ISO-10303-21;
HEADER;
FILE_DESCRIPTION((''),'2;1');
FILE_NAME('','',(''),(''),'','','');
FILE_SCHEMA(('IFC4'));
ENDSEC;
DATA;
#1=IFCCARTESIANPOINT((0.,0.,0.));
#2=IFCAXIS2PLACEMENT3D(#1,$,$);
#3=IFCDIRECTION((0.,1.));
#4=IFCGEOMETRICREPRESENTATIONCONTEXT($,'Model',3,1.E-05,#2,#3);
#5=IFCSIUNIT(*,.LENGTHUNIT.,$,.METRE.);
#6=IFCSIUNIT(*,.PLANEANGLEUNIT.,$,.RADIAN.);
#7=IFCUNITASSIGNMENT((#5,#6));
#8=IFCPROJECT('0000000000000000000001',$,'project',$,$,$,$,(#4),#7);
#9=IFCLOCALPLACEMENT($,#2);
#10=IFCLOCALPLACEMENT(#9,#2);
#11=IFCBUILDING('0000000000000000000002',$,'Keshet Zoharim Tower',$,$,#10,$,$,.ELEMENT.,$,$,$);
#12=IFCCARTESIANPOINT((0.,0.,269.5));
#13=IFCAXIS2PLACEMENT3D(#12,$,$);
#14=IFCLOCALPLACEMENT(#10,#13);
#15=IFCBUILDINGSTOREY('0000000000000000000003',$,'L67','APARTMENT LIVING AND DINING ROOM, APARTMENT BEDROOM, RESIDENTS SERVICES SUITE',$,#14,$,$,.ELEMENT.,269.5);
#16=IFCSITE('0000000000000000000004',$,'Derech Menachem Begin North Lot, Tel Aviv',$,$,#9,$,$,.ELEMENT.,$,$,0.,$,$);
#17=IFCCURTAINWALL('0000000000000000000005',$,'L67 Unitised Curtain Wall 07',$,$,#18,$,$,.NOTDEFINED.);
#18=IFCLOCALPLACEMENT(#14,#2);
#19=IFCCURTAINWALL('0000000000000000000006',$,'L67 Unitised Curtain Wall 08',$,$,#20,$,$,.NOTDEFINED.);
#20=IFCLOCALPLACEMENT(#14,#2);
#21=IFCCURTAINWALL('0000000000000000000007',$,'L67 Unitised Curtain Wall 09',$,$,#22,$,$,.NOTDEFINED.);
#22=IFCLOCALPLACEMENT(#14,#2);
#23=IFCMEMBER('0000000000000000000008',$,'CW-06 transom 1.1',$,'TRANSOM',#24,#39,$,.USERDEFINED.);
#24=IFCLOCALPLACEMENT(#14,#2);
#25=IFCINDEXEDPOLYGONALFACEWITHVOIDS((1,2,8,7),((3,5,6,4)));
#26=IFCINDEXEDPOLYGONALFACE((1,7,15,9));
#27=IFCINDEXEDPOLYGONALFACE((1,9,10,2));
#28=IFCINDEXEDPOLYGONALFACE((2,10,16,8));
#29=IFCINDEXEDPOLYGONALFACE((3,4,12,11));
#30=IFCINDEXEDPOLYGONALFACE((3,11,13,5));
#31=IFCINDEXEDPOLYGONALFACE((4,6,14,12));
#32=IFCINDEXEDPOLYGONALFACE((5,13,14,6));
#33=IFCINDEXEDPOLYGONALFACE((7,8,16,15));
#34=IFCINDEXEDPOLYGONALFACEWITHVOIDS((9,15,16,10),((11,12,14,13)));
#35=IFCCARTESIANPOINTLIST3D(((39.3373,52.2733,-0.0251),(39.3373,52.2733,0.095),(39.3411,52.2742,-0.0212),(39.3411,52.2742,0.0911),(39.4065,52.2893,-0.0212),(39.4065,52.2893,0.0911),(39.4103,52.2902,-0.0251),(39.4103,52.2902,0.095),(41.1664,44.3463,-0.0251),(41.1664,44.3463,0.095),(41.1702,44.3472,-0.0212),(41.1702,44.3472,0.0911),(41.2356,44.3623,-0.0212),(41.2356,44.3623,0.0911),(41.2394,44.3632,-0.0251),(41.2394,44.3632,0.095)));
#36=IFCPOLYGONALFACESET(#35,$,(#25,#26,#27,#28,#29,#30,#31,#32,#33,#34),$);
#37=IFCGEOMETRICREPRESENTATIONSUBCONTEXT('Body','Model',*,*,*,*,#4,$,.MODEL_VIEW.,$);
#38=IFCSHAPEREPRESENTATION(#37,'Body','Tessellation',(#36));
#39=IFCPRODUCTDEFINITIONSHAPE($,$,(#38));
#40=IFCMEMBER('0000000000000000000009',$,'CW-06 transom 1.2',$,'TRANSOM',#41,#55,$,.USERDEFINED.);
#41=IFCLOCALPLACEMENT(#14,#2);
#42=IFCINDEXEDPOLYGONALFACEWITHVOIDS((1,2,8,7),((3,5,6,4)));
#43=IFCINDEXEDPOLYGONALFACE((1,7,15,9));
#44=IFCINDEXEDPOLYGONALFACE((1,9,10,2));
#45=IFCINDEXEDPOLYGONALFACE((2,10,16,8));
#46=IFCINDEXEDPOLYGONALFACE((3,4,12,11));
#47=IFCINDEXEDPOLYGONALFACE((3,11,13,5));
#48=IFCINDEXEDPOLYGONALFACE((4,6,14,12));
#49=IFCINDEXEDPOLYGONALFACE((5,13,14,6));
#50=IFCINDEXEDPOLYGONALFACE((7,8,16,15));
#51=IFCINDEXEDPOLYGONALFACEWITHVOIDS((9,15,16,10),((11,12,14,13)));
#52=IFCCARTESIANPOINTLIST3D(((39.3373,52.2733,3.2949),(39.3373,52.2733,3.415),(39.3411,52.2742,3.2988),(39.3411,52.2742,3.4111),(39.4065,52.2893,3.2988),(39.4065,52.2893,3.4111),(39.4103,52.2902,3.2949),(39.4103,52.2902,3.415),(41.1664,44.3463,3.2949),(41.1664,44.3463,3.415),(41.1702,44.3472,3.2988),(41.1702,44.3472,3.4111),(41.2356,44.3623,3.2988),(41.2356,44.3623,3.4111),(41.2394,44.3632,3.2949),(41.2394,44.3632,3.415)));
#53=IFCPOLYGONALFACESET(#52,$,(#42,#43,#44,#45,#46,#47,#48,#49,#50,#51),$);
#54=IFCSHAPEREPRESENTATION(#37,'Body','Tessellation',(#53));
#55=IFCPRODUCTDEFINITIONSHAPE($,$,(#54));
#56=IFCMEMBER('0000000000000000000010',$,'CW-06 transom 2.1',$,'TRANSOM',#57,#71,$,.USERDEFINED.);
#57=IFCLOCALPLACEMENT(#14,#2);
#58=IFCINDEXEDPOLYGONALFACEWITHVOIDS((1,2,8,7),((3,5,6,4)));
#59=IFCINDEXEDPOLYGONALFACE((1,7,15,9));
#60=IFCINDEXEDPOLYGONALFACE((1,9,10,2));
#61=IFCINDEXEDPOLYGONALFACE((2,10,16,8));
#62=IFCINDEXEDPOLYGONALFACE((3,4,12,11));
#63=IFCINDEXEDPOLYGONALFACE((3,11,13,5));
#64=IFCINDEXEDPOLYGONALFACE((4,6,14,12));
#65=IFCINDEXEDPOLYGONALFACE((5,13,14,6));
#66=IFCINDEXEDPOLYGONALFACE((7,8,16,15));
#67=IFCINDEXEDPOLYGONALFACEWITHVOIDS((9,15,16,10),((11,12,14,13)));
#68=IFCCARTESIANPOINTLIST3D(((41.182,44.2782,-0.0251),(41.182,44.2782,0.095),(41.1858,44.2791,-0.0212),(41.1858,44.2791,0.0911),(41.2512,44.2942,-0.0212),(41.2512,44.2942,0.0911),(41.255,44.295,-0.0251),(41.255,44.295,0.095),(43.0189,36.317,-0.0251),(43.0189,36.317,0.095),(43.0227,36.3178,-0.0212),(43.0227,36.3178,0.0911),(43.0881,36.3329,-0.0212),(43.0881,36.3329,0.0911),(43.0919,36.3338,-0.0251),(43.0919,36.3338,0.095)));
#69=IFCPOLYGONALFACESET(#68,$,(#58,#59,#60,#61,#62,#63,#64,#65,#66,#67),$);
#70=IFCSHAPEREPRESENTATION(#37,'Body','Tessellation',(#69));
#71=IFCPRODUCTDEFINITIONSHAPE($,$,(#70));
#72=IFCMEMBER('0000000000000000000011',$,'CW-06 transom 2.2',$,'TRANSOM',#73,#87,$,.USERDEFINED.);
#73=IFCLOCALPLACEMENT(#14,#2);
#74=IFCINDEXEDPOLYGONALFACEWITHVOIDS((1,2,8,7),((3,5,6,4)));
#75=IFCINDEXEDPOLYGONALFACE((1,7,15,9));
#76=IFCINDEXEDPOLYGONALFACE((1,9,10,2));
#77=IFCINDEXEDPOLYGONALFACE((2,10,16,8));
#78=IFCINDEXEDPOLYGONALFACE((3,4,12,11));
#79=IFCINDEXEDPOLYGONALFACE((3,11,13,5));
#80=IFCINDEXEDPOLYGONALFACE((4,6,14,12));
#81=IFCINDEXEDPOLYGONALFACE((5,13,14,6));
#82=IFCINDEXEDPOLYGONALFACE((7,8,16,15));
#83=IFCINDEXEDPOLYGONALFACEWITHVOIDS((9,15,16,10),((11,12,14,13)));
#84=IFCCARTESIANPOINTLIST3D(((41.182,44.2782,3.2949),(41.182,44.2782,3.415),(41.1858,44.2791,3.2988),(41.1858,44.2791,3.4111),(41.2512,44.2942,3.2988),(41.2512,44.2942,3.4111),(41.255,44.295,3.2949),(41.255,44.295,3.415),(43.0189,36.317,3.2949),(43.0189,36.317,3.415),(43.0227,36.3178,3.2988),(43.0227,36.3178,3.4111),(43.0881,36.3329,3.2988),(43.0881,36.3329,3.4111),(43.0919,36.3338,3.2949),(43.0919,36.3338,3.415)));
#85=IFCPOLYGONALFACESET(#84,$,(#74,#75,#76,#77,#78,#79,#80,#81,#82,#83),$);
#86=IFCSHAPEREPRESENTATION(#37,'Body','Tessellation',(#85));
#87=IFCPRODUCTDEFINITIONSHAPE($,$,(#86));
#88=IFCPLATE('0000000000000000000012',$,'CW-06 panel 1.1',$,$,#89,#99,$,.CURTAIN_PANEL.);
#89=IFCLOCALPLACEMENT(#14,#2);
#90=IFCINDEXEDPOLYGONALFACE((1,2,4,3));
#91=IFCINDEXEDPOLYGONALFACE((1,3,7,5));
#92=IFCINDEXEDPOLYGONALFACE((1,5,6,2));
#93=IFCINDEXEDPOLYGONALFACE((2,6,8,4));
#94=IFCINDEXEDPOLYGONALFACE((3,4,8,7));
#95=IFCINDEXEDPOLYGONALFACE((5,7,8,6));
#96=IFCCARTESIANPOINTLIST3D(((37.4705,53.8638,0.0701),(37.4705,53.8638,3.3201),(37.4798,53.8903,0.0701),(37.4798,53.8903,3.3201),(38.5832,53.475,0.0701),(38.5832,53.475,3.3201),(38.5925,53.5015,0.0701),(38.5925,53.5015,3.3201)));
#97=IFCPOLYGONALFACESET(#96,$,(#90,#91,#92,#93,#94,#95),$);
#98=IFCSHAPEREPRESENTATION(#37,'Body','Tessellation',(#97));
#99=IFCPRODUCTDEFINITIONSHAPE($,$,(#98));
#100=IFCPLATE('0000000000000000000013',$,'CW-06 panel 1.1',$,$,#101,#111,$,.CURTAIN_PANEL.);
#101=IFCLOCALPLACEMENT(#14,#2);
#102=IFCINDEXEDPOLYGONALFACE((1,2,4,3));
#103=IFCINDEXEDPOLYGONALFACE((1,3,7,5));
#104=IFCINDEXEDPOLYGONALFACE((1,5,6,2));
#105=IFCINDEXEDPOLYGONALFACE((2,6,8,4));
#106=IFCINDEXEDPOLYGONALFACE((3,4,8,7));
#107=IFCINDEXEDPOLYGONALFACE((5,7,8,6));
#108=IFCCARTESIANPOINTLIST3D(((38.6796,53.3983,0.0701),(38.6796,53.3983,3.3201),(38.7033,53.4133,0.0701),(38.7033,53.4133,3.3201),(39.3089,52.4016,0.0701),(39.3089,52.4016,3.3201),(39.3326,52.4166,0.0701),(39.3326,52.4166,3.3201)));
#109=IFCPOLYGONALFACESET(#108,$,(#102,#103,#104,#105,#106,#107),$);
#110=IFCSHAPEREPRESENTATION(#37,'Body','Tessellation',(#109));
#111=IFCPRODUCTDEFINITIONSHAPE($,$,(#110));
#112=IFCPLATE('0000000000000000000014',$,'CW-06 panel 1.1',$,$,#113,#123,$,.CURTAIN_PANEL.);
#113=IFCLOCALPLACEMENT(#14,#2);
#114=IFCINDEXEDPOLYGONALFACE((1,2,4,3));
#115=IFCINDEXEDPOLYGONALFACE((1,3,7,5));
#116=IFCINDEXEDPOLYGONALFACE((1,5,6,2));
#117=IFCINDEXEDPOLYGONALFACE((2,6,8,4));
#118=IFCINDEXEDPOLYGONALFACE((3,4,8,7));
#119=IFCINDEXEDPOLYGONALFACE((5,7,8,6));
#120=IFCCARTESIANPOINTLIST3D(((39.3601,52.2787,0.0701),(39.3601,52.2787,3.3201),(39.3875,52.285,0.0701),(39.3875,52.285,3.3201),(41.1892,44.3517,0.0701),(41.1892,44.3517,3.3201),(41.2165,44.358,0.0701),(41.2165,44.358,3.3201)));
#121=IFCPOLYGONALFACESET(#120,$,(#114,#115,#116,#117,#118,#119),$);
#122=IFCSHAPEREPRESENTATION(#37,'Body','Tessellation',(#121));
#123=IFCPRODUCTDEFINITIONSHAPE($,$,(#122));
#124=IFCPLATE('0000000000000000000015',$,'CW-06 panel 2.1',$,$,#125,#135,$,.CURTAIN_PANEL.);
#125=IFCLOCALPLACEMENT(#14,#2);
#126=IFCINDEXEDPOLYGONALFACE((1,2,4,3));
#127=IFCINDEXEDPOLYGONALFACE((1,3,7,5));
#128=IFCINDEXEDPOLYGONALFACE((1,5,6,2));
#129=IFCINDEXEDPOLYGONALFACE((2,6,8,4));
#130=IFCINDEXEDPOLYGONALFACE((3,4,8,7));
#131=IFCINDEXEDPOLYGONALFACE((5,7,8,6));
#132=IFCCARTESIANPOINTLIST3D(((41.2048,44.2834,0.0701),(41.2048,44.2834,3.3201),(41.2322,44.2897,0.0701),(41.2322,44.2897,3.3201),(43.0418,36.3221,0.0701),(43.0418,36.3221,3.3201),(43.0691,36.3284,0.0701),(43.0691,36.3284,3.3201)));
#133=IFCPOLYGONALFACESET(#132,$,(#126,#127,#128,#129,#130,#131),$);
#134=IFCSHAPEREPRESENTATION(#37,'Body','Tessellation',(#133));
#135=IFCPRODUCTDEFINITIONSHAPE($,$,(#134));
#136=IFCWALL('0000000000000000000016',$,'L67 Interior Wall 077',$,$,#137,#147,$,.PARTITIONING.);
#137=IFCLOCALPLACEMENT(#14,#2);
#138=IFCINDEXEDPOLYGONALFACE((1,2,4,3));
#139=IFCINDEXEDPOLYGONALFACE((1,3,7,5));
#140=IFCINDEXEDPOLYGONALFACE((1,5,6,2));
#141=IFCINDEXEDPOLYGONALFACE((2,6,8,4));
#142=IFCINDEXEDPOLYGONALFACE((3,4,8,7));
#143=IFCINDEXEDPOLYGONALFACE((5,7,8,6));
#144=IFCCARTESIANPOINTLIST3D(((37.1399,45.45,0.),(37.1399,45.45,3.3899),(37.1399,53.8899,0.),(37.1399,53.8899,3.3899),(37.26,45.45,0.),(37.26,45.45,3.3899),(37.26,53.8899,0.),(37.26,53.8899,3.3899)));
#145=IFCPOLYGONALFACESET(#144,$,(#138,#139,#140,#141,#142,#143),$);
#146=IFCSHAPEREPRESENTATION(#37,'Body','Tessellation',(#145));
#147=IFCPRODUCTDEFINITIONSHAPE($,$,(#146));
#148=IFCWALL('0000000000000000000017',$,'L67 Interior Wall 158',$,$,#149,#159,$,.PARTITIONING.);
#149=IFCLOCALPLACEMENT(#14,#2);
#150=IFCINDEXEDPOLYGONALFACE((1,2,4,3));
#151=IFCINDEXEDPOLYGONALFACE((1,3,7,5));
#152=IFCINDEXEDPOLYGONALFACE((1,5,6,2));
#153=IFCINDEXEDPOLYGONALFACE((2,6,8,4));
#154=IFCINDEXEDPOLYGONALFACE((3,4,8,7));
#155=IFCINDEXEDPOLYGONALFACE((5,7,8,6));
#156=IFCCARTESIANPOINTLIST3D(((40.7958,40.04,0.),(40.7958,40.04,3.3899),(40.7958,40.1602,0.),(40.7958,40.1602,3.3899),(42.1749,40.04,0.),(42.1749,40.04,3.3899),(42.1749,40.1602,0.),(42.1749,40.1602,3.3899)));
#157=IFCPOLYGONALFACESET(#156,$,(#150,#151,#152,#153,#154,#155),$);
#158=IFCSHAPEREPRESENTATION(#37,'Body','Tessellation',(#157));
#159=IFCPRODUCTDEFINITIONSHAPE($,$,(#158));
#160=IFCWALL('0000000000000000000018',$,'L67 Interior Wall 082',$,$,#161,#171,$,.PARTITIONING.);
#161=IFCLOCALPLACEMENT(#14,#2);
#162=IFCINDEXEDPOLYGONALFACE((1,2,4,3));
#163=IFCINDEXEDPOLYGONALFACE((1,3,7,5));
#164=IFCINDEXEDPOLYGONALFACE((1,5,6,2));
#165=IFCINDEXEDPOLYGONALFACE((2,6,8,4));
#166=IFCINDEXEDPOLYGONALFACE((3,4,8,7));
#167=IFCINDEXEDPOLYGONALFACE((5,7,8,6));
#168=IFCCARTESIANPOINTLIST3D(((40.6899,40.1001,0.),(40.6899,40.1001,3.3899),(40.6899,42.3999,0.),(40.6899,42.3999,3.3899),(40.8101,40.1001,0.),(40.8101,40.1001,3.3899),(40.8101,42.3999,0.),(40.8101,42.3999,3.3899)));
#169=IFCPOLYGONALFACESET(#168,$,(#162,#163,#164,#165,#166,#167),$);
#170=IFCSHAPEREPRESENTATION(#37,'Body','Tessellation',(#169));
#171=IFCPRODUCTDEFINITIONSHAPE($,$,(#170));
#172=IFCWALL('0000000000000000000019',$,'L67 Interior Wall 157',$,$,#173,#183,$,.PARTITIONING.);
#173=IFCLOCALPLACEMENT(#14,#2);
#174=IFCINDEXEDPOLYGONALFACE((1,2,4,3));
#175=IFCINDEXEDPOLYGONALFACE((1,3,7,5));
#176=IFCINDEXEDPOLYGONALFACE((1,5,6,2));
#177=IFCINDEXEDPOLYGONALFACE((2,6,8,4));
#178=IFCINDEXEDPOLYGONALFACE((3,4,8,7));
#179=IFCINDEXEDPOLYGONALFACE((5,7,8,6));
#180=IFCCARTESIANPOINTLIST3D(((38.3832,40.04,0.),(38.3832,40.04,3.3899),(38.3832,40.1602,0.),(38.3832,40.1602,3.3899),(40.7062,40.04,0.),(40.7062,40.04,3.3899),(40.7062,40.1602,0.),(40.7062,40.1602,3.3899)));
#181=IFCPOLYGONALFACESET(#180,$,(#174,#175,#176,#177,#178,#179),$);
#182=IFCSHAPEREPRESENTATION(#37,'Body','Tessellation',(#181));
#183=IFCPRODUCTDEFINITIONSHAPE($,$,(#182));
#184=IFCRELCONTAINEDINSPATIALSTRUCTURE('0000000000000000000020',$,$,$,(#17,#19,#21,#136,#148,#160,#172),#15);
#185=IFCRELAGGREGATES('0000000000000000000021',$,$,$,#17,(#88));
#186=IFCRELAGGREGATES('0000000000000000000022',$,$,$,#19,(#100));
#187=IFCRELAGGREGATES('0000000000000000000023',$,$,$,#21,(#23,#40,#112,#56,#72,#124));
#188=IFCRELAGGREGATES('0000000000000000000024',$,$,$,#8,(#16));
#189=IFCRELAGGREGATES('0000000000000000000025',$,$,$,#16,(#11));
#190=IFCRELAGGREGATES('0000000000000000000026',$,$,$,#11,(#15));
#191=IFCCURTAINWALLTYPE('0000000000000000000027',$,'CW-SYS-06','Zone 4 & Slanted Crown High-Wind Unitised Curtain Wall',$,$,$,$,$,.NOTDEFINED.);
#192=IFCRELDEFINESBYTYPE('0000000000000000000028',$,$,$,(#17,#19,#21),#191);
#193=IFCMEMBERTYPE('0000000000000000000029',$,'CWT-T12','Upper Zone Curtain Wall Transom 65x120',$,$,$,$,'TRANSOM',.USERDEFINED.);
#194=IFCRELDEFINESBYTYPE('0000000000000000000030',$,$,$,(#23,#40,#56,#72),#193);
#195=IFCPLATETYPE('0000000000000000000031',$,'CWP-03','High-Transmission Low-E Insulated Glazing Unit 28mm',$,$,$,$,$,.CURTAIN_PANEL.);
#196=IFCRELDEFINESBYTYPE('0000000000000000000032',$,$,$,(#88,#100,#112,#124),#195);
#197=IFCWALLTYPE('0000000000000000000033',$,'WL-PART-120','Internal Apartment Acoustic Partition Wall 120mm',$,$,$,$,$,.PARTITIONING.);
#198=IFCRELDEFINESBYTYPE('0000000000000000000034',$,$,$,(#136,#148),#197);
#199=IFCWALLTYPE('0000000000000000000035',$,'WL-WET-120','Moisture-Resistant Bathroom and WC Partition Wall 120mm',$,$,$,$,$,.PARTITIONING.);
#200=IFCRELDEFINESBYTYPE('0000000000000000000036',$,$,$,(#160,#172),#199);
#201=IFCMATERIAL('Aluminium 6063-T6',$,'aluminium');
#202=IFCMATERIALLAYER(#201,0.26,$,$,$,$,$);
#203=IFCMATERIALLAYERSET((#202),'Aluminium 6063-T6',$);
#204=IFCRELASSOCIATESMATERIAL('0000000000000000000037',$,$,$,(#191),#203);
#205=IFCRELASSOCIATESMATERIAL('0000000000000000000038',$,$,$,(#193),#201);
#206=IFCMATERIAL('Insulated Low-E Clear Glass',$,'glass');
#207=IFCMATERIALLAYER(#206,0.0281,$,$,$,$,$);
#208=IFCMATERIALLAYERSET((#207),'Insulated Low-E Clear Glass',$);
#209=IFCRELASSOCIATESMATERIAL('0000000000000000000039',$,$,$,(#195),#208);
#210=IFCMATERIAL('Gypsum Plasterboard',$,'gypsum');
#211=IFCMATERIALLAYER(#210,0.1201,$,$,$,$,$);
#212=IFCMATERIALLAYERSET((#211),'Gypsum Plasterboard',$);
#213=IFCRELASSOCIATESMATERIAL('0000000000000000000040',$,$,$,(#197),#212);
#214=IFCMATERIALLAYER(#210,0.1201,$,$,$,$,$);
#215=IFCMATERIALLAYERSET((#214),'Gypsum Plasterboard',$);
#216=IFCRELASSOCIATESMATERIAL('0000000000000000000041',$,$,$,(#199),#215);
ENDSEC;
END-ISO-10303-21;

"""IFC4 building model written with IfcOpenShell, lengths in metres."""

from ifc_helpers import new_model, si_unit, direction, frame, frame_2d, origin, origin_2d, place, context, subcontext, project, spatial, rectangle, hollow_rectangle, extrude, material, layer, layer_set, material_profile, profile_set, type_object, element, aggregate, save


model = new_model("IFC4")

# Units and contexts
model_context = context("Model", 3, precision=1e-05, world=origin(), true_north=direction((0.0, 1.0)))
body_context = subcontext(model_context, "Body", "Model", "MODEL_VIEW")
ifc_project = project(units=[si_unit("LENGTHUNIT", "METRE"), si_unit("PLANEANGLEUNIT", "RADIAN")], contexts=[model_context])

# Site, building, storey
site_placement = place(None, origin())
site = spatial("IfcSite", under=ifc_project, at=site_placement, Name="Derech Menachem Begin North Lot, Tel Aviv", CompositionType="ELEMENT", RefElevation=0.0)
building_placement = place(site_placement, origin())
building = spatial("IfcBuilding", under=site, at=building_placement, Name="Keshet Zoharim Tower", CompositionType="ELEMENT")
storey_placement = place(building_placement, frame((0.0, 0.0, 269.5)))
storey = spatial("IfcBuildingStorey", under=building, at=storey_placement, Name="L67", Description="APARTMENT LIVING AND DINING ROOM, APARTMENT BEDROOM, RESIDENTS SERVICES SUITE", CompositionType="ELEMENT", Elevation=269.5)

# Shared definitions
ifc_material_1 = material(Name="Aluminium 6063-T6", Category="aluminium")
ifc_layer_1 = layer(ifc_material_1, 0.26)
ifc_layer_set_1 = layer_set([ifc_layer_1], Name="Aluminium 6063-T6")
curtain_wall_type = type_object("IfcCurtainWallType", Name="CW-SYS-06", Description="Zone 4 & Slanted Crown High-Wind Unitised Curtain Wall", PredefinedType="NOTDEFINED", material=ifc_layer_set_1)

# Curtain walls
curtain_wall_1_placement = place(storey_placement, origin())
curtain_wall_1 = element("IfcCurtainWall", 1, at=curtain_wall_1_placement, inside=storey, type_object=curtain_wall_type, Name="L67 Unitised Curtain Wall 07", PredefinedType="NOTDEFINED")
curtain_wall_2_placement = place(storey_placement, origin())
curtain_wall_2 = element("IfcCurtainWall", 2, at=curtain_wall_2_placement, inside=storey, type_object=curtain_wall_type, Name="L67 Unitised Curtain Wall 08", PredefinedType="NOTDEFINED")
curtain_wall_3_placement = place(storey_placement, origin())
curtain_wall_3 = element("IfcCurtainWall", 3, at=curtain_wall_3_placement, inside=storey, type_object=curtain_wall_type, Name="L67 Unitised Curtain Wall 09", PredefinedType="NOTDEFINED")

# Members
ifc_material_profile_1 = material_profile(ifc_material_1, hollow_rectangle(XDim=0.075, YDim=0.1201, WallThickness=0.0039, at=origin_2d()), Name="TRN-75x120")
ifc_profile_set_1 = profile_set([ifc_material_profile_1], Name="Aluminium 6063-T6")
member_type_1 = type_object("IfcMemberType", Name="CWT-T12", Description="Upper Zone Curtain Wall Transom 65x120", ElementType="TRANSOM", PredefinedType="USERDEFINED", material=ifc_profile_set_1)
member_1_placement = place(storey_placement, frame((39.3738, 52.2817, 0.0349), z_axis=(0.224835, -0.974397, 0.0), x_axis=(0.974397, 0.224835, 0.0)))
member_1 = element("IfcMember", 4, at=member_1_placement, type_object=member_type_1, Name="CW-06 transom 1.1", ObjectType="TRANSOM", PredefinedType="USERDEFINED", context=body_context, shape_type="SweptSolid", body=[
    extrude(hollow_rectangle(XDim=0.075, YDim=0.1201, WallThickness=0.0039, at=origin_2d()), origin(), (0.0, 0.0, 1.0), 8.1353),
])
member_2_placement = place(storey_placement, frame((39.3738, 52.2817, 3.355), z_axis=(0.224835, -0.974397, 0.0), x_axis=(0.974397, 0.224835, 0.0)))
member_2 = element("IfcMember", 5, at=member_2_placement, type_object=member_type_1, Name="CW-06 transom 1.2", ObjectType="TRANSOM", PredefinedType="USERDEFINED", context=body_context, shape_type="SweptSolid", body=[
    extrude(hollow_rectangle(XDim=0.075, YDim=0.1201, WallThickness=0.0039, at=origin_2d()), origin(), (0.0, 0.0, 1.0), 8.1353),
])
member_3_placement = place(storey_placement, frame((41.2185, 44.2866, 0.0349), z_axis=(0.224827, -0.974399, 0.0), x_axis=(0.974399, 0.224827, 0.0)))
member_3 = element("IfcMember", 6, at=member_3_placement, type_object=member_type_1, Name="CW-06 transom 2.1", ObjectType="TRANSOM", PredefinedType="USERDEFINED", context=body_context, shape_type="SweptSolid", body=[
    extrude(hollow_rectangle(XDim=0.075, YDim=0.1201, WallThickness=0.0039, at=origin_2d()), origin(), (0.0, 0.0, 1.0), 8.1704),
])
member_4_placement = place(storey_placement, frame((41.2185, 44.2866, 3.355), z_axis=(0.224827, -0.974399, 0.0), x_axis=(0.974399, 0.224827, 0.0)))
member_4 = element("IfcMember", 7, at=member_4_placement, type_object=member_type_1, Name="CW-06 transom 2.2", ObjectType="TRANSOM", PredefinedType="USERDEFINED", context=body_context, shape_type="SweptSolid", body=[
    extrude(hollow_rectangle(XDim=0.075, YDim=0.1201, WallThickness=0.0039, at=origin_2d()), origin(), (0.0, 0.0, 1.0), 8.1704),
])

# Plates
ifc_material_2 = material(Name="Insulated Low-E Clear Glass", Category="glass")
ifc_layer_2 = layer(ifc_material_2, 0.0281)
ifc_layer_set_2 = layer_set([ifc_layer_2], Name="Insulated Low-E Clear Glass")
plate_type = type_object("IfcPlateType", Name="CWP-03", Description="High-Transmission Low-E Insulated Glazing Unit 28mm", PredefinedType="CURTAIN_PANEL", material=ifc_layer_set_2)
plate_1_placement = place(storey_placement, frame((38.0315, 53.6826, 0.0701), z_axis=(0.0, 0.0, 1.0), x_axis=(0.944036, -0.329844, 0.0)))
plate_1 = element("IfcPlate", 8, at=plate_1_placement, type_object=plate_type, Name="CW-06 panel 1.1", PredefinedType="CURTAIN_PANEL", context=body_context, shape_type="SweptSolid", body=[
    extrude(rectangle(XDim=1.1787, YDim=0.0281, at=origin_2d()), origin(), (0.0, 0.0, 1.0), 3.25),
])
aggregate(curtain_wall_1, [plate_1])
plate_2_placement = place(storey_placement, frame((39.0061, 52.9075, 0.0701), z_axis=(0.0, 0.0, 1.0), x_axis=(0.533879, -0.845561, 0.0)))
plate_2 = element("IfcPlate", 9, at=plate_2_placement, type_object=plate_type, Name="CW-06 panel 1.1", PredefinedType="CURTAIN_PANEL", context=body_context, shape_type="SweptSolid", body=[
    extrude(rectangle(XDim=1.1787, YDim=0.0281, at=origin_2d()), origin(), (0.0, 0.0, 1.0), 3.25),
])
aggregate(curtain_wall_2, [plate_2])
plate_3_placement = place(storey_placement, frame((40.2883, 48.3184, 0.0701), z_axis=(0.0, 0.0, 1.0), x_axis=(0.22483, -0.974398, 0.0)))
plate_3 = element("IfcPlate", 10, at=plate_3_placement, type_object=plate_type, Name="CW-06 panel 1.1", PredefinedType="CURTAIN_PANEL", context=body_context, shape_type="SweptSolid", body=[
    extrude(rectangle(XDim=8.1353, YDim=0.0281, at=origin_2d()), origin(), (0.0, 0.0, 1.0), 3.25),
])
plate_4_placement = place(storey_placement, frame((42.137, 40.3059, 0.0701), z_axis=(0.0, 0.0, 1.0), x_axis=(0.22483, -0.974398, 0.0)))
plate_4 = element("IfcPlate", 11, at=plate_4_placement, type_object=plate_type, Name="CW-06 panel 2.1", PredefinedType="CURTAIN_PANEL", context=body_context, shape_type="SweptSolid", body=[
    extrude(rectangle(XDim=8.1704, YDim=0.0281, at=origin_2d()), origin(), (0.0, 0.0, 1.0), 3.25),
])
aggregate(curtain_wall_3, [member_1, member_2, plate_3, member_3, member_4, plate_4])

# Walls
ifc_material_3 = material(Name="Gypsum Plasterboard", Category="gypsum")
ifc_layer_3 = layer(ifc_material_3, 0.1201)
ifc_layer_set_3 = layer_set([ifc_layer_3], Name="Gypsum Plasterboard")
wall_type_1 = type_object("IfcWallType", Name="WL-PART-120", Description="Internal Apartment Acoustic Partition Wall 120mm", PredefinedType="PARTITIONING", material=ifc_layer_set_3)
wall_1_placement = place(storey_placement, frame((37.2, 45.45, 0.0), z_axis=(0.0, 0.0, 1.0), x_axis=(0.0, 1.0, 0.0)))
element("IfcWall", 12, at=wall_1_placement, inside=storey, type_object=wall_type_1, Name="L67 Interior Wall 077", PredefinedType="PARTITIONING", context=body_context, shape_type="SweptSolid", body=[
    extrude(rectangle(XDim=8.4399, YDim=0.1201, at=frame_2d((4.22, 0.0))), origin(), (0.0, 0.0, 1.0), 3.3899),
])
wall_2_placement = place(storey_placement, frame((40.7959, 40.1001, 0.0), z_axis=(0.0, 0.0, 1.0), x_axis=(1.0, 0.0, 0.0)))
element("IfcWall", 13, at=wall_2_placement, inside=storey, type_object=wall_type_1, Name="L67 Interior Wall 158", PredefinedType="PARTITIONING", context=body_context, shape_type="SweptSolid", body=[
    extrude(rectangle(XDim=1.3792, YDim=0.1201, at=frame_2d((0.6895, 0.0))), origin(), (0.0, 0.0, 1.0), 3.3899),
])
ifc_layer_4 = layer(ifc_material_3, 0.1201)
ifc_layer_set_4 = layer_set([ifc_layer_4], Name="Gypsum Plasterboard")
wall_type_2 = type_object("IfcWallType", Name="WL-WET-120", Description="Moisture-Resistant Bathroom and WC Partition Wall 120mm", PredefinedType="PARTITIONING", material=ifc_layer_set_4)
wall_3_placement = place(storey_placement, frame((40.75, 40.1001, 0.0), z_axis=(0.0, 0.0, 1.0), x_axis=(0.0, 1.0, 0.0)))
element("IfcWall", 14, at=wall_3_placement, inside=storey, type_object=wall_type_2, Name="L67 Interior Wall 082", PredefinedType="PARTITIONING", context=body_context, shape_type="SweptSolid", body=[
    extrude(rectangle(XDim=2.2998, YDim=0.1201, at=frame_2d((1.1499, 0.0))), origin(), (0.0, 0.0, 1.0), 3.3899),
])
wall_4_placement = place(storey_placement, frame((38.3831, 40.1001, 0.0), z_axis=(0.0, 0.0, 1.0), x_axis=(1.0, 0.0, 0.0)))
element("IfcWall", 15, at=wall_4_placement, inside=storey, type_object=wall_type_2, Name="L67 Interior Wall 157", PredefinedType="PARTITIONING", context=body_context, shape_type="SweptSolid", body=[
    extrude(rectangle(XDim=2.323, YDim=0.1201, at=frame_2d((1.1616, 0.0))), origin(), (0.0, 0.0, 1.0), 3.3899),
])

save(model, "model.ifc")
